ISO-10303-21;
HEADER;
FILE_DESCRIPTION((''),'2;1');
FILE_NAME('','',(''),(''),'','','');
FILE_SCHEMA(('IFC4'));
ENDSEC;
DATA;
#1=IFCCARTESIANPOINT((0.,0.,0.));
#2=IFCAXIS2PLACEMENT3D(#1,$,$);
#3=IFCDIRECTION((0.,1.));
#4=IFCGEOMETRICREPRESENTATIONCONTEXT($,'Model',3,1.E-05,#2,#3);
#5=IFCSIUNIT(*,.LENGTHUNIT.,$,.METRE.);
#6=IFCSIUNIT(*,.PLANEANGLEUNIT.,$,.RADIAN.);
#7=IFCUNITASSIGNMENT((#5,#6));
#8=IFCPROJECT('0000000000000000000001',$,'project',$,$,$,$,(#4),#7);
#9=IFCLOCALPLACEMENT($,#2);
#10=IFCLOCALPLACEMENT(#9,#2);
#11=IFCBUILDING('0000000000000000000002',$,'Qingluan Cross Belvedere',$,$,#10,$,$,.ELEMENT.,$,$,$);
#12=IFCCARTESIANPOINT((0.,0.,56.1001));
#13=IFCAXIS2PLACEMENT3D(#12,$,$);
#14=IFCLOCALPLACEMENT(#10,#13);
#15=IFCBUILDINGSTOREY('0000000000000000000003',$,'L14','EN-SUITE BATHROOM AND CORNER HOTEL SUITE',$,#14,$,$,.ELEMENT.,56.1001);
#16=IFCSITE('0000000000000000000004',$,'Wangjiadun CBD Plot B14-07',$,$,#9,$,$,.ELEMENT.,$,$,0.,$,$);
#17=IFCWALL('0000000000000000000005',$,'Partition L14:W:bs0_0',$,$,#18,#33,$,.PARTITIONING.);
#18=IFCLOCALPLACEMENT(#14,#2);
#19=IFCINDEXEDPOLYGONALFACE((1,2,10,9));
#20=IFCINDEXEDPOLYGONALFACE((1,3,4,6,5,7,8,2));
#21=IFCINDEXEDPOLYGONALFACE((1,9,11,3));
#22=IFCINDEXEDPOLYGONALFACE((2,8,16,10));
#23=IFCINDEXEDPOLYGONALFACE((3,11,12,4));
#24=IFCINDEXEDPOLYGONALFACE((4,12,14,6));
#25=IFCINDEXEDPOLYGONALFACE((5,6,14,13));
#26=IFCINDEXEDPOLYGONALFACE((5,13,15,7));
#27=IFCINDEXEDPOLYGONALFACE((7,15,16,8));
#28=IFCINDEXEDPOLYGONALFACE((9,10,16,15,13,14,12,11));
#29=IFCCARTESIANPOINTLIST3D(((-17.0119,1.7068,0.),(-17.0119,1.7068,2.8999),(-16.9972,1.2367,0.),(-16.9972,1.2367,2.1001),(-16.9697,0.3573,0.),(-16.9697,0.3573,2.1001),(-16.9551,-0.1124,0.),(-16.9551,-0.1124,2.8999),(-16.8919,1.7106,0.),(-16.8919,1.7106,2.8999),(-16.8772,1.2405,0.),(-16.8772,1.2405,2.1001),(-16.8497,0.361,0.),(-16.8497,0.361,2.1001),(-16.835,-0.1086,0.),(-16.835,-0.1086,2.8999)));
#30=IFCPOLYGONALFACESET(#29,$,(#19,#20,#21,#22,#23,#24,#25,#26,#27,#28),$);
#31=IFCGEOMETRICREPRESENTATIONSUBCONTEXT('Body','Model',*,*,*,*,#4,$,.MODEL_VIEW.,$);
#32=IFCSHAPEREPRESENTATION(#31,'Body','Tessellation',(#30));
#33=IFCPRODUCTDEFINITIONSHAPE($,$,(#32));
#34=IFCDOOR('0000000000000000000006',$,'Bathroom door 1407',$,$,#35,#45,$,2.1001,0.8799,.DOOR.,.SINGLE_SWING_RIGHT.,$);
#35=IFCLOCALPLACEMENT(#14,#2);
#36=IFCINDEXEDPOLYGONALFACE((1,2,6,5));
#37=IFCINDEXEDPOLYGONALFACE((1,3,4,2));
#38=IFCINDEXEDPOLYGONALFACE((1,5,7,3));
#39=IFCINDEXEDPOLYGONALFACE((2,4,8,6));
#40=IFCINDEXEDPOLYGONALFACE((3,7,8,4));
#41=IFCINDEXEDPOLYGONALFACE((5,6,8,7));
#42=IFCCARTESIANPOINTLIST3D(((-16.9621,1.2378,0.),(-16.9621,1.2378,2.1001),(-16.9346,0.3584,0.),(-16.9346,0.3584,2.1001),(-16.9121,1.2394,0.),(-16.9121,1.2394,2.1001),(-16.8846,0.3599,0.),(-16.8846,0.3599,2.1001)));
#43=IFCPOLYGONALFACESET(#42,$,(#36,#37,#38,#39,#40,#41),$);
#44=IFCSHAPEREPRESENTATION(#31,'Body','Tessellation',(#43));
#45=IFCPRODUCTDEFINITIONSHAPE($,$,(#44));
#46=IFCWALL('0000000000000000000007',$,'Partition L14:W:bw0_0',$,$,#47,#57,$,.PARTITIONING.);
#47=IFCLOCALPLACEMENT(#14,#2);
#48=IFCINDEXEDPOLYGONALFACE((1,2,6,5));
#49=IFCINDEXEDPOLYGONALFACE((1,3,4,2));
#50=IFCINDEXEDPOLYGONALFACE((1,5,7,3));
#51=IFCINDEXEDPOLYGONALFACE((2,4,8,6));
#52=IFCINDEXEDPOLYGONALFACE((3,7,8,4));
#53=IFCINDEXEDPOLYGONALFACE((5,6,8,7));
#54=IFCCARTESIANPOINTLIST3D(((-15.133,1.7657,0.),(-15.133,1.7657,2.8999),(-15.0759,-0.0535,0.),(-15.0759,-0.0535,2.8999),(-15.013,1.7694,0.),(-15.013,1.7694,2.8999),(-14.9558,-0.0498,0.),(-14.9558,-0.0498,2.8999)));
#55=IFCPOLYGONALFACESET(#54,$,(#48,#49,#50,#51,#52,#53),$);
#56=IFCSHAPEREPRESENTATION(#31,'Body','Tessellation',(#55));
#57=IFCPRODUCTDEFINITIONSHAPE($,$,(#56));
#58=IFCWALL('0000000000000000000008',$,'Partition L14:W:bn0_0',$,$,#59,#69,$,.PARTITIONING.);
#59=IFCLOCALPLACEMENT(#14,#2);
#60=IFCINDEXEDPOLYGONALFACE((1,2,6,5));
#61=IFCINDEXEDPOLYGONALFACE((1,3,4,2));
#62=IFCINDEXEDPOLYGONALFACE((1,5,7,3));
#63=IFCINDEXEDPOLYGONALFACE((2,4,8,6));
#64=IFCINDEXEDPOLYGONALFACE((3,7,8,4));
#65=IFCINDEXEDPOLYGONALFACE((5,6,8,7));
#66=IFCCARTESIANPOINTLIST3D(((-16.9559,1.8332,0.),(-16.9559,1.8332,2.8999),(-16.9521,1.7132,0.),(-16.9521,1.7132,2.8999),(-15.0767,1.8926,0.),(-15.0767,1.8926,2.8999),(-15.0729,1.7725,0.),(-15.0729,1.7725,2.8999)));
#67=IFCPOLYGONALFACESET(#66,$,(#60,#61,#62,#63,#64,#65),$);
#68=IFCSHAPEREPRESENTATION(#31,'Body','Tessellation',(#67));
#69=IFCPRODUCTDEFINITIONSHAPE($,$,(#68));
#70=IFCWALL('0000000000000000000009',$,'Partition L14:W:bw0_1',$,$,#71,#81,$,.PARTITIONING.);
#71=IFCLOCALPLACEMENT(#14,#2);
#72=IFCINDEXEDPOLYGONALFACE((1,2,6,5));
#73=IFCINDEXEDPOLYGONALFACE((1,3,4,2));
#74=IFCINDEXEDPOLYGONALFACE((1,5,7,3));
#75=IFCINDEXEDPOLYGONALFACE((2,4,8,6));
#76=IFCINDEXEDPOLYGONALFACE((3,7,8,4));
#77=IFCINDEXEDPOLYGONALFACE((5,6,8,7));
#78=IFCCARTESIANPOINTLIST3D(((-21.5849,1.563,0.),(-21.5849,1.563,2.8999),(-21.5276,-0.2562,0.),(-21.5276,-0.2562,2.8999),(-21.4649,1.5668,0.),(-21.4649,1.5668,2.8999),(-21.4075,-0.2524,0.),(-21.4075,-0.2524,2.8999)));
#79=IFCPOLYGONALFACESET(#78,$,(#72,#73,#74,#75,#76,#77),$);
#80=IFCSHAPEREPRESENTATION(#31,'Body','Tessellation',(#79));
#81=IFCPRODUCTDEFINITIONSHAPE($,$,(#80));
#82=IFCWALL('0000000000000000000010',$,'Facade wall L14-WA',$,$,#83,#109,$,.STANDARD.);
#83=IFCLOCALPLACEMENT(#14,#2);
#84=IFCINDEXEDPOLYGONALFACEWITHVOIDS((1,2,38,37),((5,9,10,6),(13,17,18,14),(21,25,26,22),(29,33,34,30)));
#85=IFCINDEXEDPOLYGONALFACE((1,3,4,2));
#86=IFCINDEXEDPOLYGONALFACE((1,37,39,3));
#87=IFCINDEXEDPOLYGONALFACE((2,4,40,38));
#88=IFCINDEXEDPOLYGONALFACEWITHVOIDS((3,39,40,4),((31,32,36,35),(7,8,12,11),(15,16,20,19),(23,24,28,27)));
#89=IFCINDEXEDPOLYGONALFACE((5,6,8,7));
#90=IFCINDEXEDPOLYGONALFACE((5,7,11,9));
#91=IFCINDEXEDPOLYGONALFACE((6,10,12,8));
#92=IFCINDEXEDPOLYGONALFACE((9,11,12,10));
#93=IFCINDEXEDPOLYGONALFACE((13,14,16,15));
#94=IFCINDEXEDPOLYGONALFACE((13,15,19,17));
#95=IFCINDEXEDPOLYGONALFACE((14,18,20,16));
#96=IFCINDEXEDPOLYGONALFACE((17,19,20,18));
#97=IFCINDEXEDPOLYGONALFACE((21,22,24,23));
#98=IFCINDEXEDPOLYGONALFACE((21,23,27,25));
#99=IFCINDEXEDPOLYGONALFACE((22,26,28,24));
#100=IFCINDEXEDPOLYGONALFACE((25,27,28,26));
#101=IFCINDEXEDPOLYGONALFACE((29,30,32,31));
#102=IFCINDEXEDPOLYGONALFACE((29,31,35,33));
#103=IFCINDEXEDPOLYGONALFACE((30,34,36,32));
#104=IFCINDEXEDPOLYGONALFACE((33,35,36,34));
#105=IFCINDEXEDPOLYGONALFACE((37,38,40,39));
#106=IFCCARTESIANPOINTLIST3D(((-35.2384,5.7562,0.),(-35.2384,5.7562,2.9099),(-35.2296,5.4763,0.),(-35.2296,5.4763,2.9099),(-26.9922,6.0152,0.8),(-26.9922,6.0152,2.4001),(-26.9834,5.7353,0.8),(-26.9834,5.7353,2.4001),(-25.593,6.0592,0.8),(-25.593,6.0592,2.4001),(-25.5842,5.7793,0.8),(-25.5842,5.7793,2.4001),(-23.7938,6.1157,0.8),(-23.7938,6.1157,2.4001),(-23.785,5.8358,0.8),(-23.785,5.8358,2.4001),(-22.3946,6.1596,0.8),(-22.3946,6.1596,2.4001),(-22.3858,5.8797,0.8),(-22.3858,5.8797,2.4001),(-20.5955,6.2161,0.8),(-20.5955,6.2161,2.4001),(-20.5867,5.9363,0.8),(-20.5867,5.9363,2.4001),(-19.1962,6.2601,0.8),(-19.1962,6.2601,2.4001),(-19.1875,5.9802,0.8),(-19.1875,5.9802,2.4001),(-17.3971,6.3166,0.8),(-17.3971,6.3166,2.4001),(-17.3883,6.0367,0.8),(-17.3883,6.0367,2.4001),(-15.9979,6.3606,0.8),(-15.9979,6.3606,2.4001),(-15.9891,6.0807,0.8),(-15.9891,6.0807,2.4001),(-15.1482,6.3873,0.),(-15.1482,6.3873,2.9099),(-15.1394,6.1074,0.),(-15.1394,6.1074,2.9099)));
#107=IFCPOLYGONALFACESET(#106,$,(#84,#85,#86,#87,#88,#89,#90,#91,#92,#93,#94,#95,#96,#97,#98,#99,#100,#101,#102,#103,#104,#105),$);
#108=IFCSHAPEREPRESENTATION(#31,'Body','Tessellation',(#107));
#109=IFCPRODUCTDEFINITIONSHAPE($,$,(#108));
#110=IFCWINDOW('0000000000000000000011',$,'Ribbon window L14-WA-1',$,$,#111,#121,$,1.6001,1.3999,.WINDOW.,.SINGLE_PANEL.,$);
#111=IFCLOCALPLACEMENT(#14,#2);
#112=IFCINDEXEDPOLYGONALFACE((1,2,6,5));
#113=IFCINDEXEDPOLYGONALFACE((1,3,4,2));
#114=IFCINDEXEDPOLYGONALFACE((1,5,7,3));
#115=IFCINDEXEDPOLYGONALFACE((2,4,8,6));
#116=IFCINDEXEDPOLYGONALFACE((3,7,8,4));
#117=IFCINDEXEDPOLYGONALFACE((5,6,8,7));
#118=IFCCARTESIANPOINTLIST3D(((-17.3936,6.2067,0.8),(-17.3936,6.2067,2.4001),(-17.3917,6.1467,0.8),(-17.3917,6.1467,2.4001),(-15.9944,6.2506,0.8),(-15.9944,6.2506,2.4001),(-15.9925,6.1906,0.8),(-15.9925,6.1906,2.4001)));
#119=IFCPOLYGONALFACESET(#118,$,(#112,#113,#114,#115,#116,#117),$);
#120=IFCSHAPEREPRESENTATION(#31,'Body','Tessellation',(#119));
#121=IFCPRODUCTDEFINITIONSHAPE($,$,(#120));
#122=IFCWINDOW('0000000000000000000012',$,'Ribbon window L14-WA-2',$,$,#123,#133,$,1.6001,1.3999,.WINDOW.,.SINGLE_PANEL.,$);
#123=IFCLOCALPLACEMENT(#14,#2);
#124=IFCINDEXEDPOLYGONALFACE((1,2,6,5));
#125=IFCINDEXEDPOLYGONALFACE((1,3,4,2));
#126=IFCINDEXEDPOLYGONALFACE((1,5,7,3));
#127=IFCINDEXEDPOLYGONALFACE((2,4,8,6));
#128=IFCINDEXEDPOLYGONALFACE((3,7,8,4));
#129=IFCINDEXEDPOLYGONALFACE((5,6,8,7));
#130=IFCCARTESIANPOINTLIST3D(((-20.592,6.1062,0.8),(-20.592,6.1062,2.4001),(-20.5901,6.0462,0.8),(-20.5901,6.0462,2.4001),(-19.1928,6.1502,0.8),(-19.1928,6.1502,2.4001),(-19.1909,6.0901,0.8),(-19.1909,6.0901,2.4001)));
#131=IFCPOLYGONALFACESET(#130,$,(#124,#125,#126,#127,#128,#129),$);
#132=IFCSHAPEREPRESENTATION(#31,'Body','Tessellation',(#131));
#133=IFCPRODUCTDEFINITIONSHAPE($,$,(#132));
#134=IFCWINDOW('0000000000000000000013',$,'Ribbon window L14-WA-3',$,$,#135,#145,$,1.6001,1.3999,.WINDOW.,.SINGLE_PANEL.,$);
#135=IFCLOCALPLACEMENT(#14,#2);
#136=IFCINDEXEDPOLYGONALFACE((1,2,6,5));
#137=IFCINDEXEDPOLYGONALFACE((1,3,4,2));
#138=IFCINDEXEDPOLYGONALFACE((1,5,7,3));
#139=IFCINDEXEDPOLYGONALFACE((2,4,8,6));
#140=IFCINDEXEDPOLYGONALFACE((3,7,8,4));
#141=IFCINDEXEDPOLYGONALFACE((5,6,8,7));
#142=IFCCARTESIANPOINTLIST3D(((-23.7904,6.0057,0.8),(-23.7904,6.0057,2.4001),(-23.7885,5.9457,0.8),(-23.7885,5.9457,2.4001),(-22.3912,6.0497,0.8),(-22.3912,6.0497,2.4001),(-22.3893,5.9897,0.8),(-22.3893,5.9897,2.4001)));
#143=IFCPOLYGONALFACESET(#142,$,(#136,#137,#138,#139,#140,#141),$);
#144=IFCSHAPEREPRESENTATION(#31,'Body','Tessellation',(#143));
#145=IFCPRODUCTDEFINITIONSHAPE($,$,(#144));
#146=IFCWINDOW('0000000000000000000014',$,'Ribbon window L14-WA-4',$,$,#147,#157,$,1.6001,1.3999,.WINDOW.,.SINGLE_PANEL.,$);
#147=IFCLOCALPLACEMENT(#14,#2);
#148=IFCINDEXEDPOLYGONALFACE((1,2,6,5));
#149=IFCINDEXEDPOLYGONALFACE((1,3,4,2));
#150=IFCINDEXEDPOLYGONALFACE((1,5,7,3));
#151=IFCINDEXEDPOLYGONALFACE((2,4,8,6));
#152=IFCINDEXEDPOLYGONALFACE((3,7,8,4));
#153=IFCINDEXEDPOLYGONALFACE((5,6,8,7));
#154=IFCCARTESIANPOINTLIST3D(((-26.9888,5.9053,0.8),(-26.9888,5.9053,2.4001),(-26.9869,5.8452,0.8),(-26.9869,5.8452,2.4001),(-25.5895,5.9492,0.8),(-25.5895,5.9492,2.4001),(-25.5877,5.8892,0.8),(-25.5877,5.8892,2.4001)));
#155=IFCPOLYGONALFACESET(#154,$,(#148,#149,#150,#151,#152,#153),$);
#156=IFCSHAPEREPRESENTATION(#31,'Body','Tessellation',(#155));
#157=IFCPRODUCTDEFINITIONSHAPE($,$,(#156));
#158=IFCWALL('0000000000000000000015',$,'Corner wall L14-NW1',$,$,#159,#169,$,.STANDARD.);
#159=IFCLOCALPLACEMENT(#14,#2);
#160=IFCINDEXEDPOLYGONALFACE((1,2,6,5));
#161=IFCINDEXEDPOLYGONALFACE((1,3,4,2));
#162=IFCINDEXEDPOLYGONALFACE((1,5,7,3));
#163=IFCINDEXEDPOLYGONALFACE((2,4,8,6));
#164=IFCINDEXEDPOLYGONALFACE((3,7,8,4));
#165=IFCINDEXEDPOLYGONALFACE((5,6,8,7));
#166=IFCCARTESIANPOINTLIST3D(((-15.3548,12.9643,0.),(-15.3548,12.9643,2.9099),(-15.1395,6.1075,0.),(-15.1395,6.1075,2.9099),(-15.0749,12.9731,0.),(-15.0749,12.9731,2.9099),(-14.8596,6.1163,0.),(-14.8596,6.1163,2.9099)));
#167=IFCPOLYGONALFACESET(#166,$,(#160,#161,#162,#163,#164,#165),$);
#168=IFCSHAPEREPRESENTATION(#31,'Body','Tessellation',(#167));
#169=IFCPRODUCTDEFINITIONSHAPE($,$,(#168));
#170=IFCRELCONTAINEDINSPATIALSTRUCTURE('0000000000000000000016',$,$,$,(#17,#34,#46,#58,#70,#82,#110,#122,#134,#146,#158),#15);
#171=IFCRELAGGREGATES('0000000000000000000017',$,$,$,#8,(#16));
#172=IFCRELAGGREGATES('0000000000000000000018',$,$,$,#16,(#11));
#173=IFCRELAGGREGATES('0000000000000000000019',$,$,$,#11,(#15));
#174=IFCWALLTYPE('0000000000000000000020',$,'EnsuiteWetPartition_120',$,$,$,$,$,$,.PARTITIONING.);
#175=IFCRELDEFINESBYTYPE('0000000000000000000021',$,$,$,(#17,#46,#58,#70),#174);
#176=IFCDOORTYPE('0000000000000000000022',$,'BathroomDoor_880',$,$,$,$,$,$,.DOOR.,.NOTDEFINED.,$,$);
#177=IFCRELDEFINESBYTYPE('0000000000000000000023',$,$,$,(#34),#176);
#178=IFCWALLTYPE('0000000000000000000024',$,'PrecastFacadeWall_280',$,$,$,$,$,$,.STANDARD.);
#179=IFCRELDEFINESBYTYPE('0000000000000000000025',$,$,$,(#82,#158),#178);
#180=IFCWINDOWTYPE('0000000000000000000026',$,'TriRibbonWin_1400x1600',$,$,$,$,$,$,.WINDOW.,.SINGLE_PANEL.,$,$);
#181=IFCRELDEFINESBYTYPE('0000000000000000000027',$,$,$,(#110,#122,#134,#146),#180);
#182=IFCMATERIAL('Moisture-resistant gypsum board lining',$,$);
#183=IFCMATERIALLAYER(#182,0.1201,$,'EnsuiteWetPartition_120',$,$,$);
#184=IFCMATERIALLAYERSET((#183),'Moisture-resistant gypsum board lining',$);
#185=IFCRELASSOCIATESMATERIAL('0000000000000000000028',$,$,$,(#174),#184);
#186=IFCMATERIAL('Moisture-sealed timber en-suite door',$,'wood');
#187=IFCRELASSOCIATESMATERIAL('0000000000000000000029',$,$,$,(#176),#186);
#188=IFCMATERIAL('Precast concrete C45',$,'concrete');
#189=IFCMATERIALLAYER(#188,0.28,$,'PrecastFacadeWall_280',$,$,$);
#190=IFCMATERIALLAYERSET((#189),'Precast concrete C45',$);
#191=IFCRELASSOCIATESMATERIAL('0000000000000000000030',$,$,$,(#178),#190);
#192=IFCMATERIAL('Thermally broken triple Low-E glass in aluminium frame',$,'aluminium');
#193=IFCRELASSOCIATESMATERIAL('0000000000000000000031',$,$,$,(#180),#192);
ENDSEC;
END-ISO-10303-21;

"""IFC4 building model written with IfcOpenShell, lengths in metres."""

from ifc_helpers import new_model, si_unit, direction, frame, frame_2d, origin, place, context, subcontext, project, spatial, rectangle, extrude, material, layer, layer_set, type_object, element, fill, save


model = new_model("IFC4")

# Units and contexts
model_context = context("Model", 3, precision=1e-05, world=origin(), true_north=direction((0.0, 1.0)))
body_context = subcontext(model_context, "Body", "Model", "MODEL_VIEW")
ifc_project = project(units=[si_unit("LENGTHUNIT", "METRE"), si_unit("PLANEANGLEUNIT", "RADIAN")], contexts=[model_context])

# Site, building, storey
site_placement = place(None, origin())
site = spatial("IfcSite", under=ifc_project, at=site_placement, Name="Wangjiadun CBD Plot B14-07", CompositionType="ELEMENT", RefElevation=0.0)
building_placement = place(site_placement, origin())
building = spatial("IfcBuilding", under=site, at=building_placement, Name="Qingluan Cross Belvedere", CompositionType="ELEMENT")
storey_placement = place(building_placement, frame((0.0, 0.0, 56.1001)))
storey = spatial("IfcBuildingStorey", under=building, at=storey_placement, Name="L14", Description="EN-SUITE BATHROOM AND CORNER HOTEL SUITE", CompositionType="ELEMENT", Elevation=56.1001)

# Wall, opening, door
ifc_material_1 = material(Name="Moisture-resistant gypsum board lining")
ifc_layer_1 = layer(ifc_material_1, 0.1201, Name="EnsuiteWetPartition_120")
ifc_layer_set_1 = layer_set([ifc_layer_1], Name="Moisture-resistant gypsum board lining")
wall_type_1 = type_object("IfcWallType", Name="EnsuiteWetPartition_120", PredefinedType="PARTITIONING", material=ifc_layer_set_1)
wall_1_placement = place(storey_placement, frame((-16.895, -0.1106, 0.0), z_axis=(0.0, 0.0, 1.0), x_axis=(-0.031256, 0.999511, 0.0)))
wall_1 = element("IfcWall", 1, at=wall_1_placement, inside=storey, type_object=wall_type_1, Name="Partition L14:W:bs0_0", PredefinedType="PARTITIONING", context=body_context, shape_type="SweptSolid", body=[
    extrude(rectangle(XDim=1.8201, YDim=0.1201, at=frame_2d((0.9102, 0.0))), origin(), (0.0, 0.0, 1.0), 2.8999),
])
opening_1_placement = place(wall_1_placement, frame((0.47, 0.0, 0.0)))
opening_1 = element("IfcOpeningElement", 2, at=opening_1_placement, cuts=wall_1, PredefinedType="OPENING", context=body_context, shape_type="SweptSolid", body=[
    extrude(rectangle(XDim=0.8799, YDim=2.1001, at=frame_2d((0.4399, 1.05))), frame((0.0, 0.0701, 0.0), z_axis=(0.0, -1.0, 0.0), x_axis=(1.0, 0.0, 0.0)), (0.0, 0.0, 1.0), 0.1401),
])
ifc_material_2 = material(Name="Moisture-sealed timber en-suite door", Category="wood")
door_type_1 = type_object("IfcDoorType", Name="BathroomDoor_880", OperationType="NOTDEFINED", PredefinedType="DOOR", material=ifc_material_2)
door_1_placement = place(opening_1_placement, origin())
door_1 = element("IfcDoor", 3, at=door_1_placement, inside=storey, type_object=door_type_1, Name="Bathroom door 1407", OperationType="SINGLE_SWING_RIGHT", OverallHeight=2.1001, OverallWidth=0.8799, PredefinedType="DOOR", context=body_context, shape_type="SweptSolid", body=[
    extrude(rectangle(XDim=0.8799, YDim=2.1001, at=frame_2d((0.4399, 1.05))), frame((0.0, 0.0249, 0.0), z_axis=(0.0, -1.0, 0.0), x_axis=(1.0, 0.0, 0.0)), (0.0, 0.0, 1.0), 0.05),
])
fill(opening_1, door_1)

# Walls
wall_2_placement = place(storey_placement, frame((-15.0159, -0.0518, 0.0), z_axis=(0.0, 0.0, 1.0), x_axis=(-0.03139, 0.999507, 0.0)))
element("IfcWall", 4, at=wall_2_placement, inside=storey, type_object=wall_type_1, Name="Partition L14:W:bw0_0", PredefinedType="PARTITIONING", context=body_context, shape_type="SweptSolid", body=[
    extrude(rectangle(XDim=1.8201, YDim=0.1201, at=frame_2d((0.9102, 0.0))), origin(), (0.0, 0.0, 1.0), 2.8999),
])
wall_3_placement = place(storey_placement, frame((-15.075, 1.8325, 0.0), z_axis=(0.0, 0.0, 1.0), x_axis=(-0.999502, -0.031555, 0.0)))
element("IfcWall", 5, at=wall_3_placement, inside=storey, type_object=wall_type_1, Name="Partition L14:W:bn0_0", PredefinedType="PARTITIONING", context=body_context, shape_type="SweptSolid", body=[
    extrude(rectangle(XDim=1.8801, YDim=0.1201, at=frame_2d((0.9399, 0.0))), origin(), (0.0, 0.0, 1.0), 2.8999),
])
wall_4_placement = place(storey_placement, frame((-21.4675, -0.2544, 0.0), z_axis=(0.0, 0.0, 1.0), x_axis=(-0.031524, 0.999503, 0.0)))
element("IfcWall", 6, at=wall_4_placement, inside=storey, type_object=wall_type_1, Name="Partition L14:W:bw0_1", PredefinedType="PARTITIONING", context=body_context, shape_type="SweptSolid", body=[
    extrude(rectangle(XDim=1.8201, YDim=0.1201, at=frame_2d((0.9102, 0.0))), origin(), (0.0, 0.0, 1.0), 2.8999),
])

# Wall, openings, windows
ifc_material_3 = material(Name="Precast concrete C45", Category="concrete")
ifc_layer_2 = layer(ifc_material_3, 0.28, Name="PrecastFacadeWall_280")
ifc_layer_set_2 = layer_set([ifc_layer_2], Name="Precast concrete C45")
wall_type_2 = type_object("IfcWallType", Name="PrecastFacadeWall_280", PredefinedType="STANDARD", material=ifc_layer_set_2)
wall_5_placement = place(storey_placement, frame((-15.1438, 6.2473, 0.0), z_axis=(0.0, 0.0, 1.0), x_axis=(-0.999507, -0.031398, 0.0)))
wall_5 = element("IfcWall", 7, at=wall_5_placement, inside=storey, type_object=wall_type_2, Name="Facade wall L14-WA", PredefinedType="STANDARD", context=body_context, shape_type="SweptSolid", body=[
    extrude(rectangle(XDim=20.1001, YDim=0.28, at=frame_2d((10.05, 0.0))), origin(), (0.0, 0.0, 1.0), 2.9099),
])
opening_2_placement = place(wall_5_placement, frame((0.8501, 0.0, 0.8)))
opening_2 = element("IfcOpeningElement", 8, at=opening_2_placement, cuts=wall_5, PredefinedType="OPENING", context=body_context, shape_type="SweptSolid", body=[
    extrude(rectangle(XDim=1.3999, YDim=1.6001, at=frame_2d((0.7, 0.8))), frame((0.0, 0.1499, 0.0), z_axis=(0.0, -1.0, 0.0), x_axis=(1.0, 0.0, 0.0)), (0.0, 0.0, 1.0), 0.3),
])
opening_3_placement = place(wall_5_placement, frame((4.05, 0.0, 0.8)))
opening_3 = element("IfcOpeningElement", 9, at=opening_3_placement, cuts=wall_5, PredefinedType="OPENING", context=body_context, shape_type="SweptSolid", body=[
    extrude(rectangle(XDim=1.3999, YDim=1.6001, at=frame_2d((0.7, 0.8))), frame((0.0, 0.1499, 0.0), z_axis=(0.0, -1.0, 0.0), x_axis=(1.0, 0.0, 0.0)), (0.0, 0.0, 1.0), 0.3),
])
opening_4_placement = place(wall_5_placement, frame((7.25, 0.0, 0.8)))
opening_4 = element("IfcOpeningElement", 10, at=opening_4_placement, cuts=wall_5, PredefinedType="OPENING", context=body_context, shape_type="SweptSolid", body=[
    extrude(rectangle(XDim=1.3999, YDim=1.6001, at=frame_2d((0.7, 0.8))), frame((0.0, 0.1499, 0.0), z_axis=(0.0, -1.0, 0.0), x_axis=(1.0, 0.0, 0.0)), (0.0, 0.0, 1.0), 0.3),
])
opening_5_placement = place(wall_5_placement, frame((10.45, 0.0, 0.8)))
opening_5 = element("IfcOpeningElement", 11, at=opening_5_placement, cuts=wall_5, PredefinedType="OPENING", context=body_context, shape_type="SweptSolid", body=[
    extrude(rectangle(XDim=1.3999, YDim=1.6001, at=frame_2d((0.7, 0.8))), frame((0.0, 0.1499, 0.0), z_axis=(0.0, -1.0, 0.0), x_axis=(1.0, 0.0, 0.0)), (0.0, 0.0, 1.0), 0.3),
])
ifc_material_4 = material(Name="Thermally broken triple Low-E glass in aluminium frame", Category="aluminium")
window_type = type_object("IfcWindowType", Name="TriRibbonWin_1400x1600", PartitioningType="SINGLE_PANEL", PredefinedType="WINDOW", material=ifc_material_4)
window_1_placement = place(opening_2_placement, origin())
window_1 = element("IfcWindow", 12, at=window_1_placement, inside=storey, type_object=window_type, Name="Ribbon window L14-WA-1", OverallHeight=1.6001, OverallWidth=1.3999, PartitioningType="SINGLE_PANEL", PredefinedType="WINDOW", context=body_context, shape_type="SweptSolid", body=[
    extrude(rectangle(XDim=1.3999, YDim=1.6001, at=frame_2d((0.7, 0.8))), frame((0.0, 0.03, 0.0), z_axis=(0.0, -1.0, 0.0), x_axis=(1.0, 0.0, 0.0)), (0.0, 0.0, 1.0), 0.0601),
])
fill(opening_2, window_1)
window_2_placement = place(opening_3_placement, origin())
window_2 = element("IfcWindow", 13, at=window_2_placement, inside=storey, type_object=window_type, Name="Ribbon window L14-WA-2", OverallHeight=1.6001, OverallWidth=1.3999, PartitioningType="SINGLE_PANEL", PredefinedType="WINDOW", context=body_context, shape_type="SweptSolid", body=[
    extrude(rectangle(XDim=1.3999, YDim=1.6001, at=frame_2d((0.7, 0.8))), frame((0.0, 0.03, 0.0), z_axis=(0.0, -1.0, 0.0), x_axis=(1.0, 0.0, 0.0)), (0.0, 0.0, 1.0), 0.0601),
])
fill(opening_3, window_2)
window_3_placement = place(opening_4_placement, origin())
window_3 = element("IfcWindow", 14, at=window_3_placement, inside=storey, type_object=window_type, Name="Ribbon window L14-WA-3", OverallHeight=1.6001, OverallWidth=1.3999, PartitioningType="SINGLE_PANEL", PredefinedType="WINDOW", context=body_context, shape_type="SweptSolid", body=[
    extrude(rectangle(XDim=1.3999, YDim=1.6001, at=frame_2d((0.7, 0.8))), frame((0.0, 0.03, 0.0), z_axis=(0.0, -1.0, 0.0), x_axis=(1.0, 0.0, 0.0)), (0.0, 0.0, 1.0), 0.0601),
])
fill(opening_4, window_3)
window_4_placement = place(opening_5_placement, origin())
window_4 = element("IfcWindow", 15, at=window_4_placement, inside=storey, type_object=window_type, Name="Ribbon window L14-WA-4", OverallHeight=1.6001, OverallWidth=1.3999, PartitioningType="SINGLE_PANEL", PredefinedType="WINDOW", context=body_context, shape_type="SweptSolid", body=[
    extrude(rectangle(XDim=1.3999, YDim=1.6001, at=frame_2d((0.7, 0.8))), frame((0.0, 0.03, 0.0), z_axis=(0.0, -1.0, 0.0), x_axis=(1.0, 0.0, 0.0)), (0.0, 0.0, 1.0), 0.0601),
])
fill(opening_5, window_4)

# Wall
wall_6_placement = place(storey_placement, frame((-14.9995, 6.1118, 0.0), z_axis=(0.0, 0.0, 1.0), x_axis=(-0.031389, 0.999507, 0.0)))
element("IfcWall", 16, at=wall_6_placement, inside=storey, type_object=wall_type_2, Name="Corner wall L14-NW1", PredefinedType="STANDARD", context=body_context, shape_type="SweptSolid", body=[
    extrude(rectangle(XDim=6.8601, YDim=0.28, at=frame_2d((3.4302, 0.0))), origin(), (0.0, 0.0, 1.0), 2.9099),
])

save(model, "model.ifc")
